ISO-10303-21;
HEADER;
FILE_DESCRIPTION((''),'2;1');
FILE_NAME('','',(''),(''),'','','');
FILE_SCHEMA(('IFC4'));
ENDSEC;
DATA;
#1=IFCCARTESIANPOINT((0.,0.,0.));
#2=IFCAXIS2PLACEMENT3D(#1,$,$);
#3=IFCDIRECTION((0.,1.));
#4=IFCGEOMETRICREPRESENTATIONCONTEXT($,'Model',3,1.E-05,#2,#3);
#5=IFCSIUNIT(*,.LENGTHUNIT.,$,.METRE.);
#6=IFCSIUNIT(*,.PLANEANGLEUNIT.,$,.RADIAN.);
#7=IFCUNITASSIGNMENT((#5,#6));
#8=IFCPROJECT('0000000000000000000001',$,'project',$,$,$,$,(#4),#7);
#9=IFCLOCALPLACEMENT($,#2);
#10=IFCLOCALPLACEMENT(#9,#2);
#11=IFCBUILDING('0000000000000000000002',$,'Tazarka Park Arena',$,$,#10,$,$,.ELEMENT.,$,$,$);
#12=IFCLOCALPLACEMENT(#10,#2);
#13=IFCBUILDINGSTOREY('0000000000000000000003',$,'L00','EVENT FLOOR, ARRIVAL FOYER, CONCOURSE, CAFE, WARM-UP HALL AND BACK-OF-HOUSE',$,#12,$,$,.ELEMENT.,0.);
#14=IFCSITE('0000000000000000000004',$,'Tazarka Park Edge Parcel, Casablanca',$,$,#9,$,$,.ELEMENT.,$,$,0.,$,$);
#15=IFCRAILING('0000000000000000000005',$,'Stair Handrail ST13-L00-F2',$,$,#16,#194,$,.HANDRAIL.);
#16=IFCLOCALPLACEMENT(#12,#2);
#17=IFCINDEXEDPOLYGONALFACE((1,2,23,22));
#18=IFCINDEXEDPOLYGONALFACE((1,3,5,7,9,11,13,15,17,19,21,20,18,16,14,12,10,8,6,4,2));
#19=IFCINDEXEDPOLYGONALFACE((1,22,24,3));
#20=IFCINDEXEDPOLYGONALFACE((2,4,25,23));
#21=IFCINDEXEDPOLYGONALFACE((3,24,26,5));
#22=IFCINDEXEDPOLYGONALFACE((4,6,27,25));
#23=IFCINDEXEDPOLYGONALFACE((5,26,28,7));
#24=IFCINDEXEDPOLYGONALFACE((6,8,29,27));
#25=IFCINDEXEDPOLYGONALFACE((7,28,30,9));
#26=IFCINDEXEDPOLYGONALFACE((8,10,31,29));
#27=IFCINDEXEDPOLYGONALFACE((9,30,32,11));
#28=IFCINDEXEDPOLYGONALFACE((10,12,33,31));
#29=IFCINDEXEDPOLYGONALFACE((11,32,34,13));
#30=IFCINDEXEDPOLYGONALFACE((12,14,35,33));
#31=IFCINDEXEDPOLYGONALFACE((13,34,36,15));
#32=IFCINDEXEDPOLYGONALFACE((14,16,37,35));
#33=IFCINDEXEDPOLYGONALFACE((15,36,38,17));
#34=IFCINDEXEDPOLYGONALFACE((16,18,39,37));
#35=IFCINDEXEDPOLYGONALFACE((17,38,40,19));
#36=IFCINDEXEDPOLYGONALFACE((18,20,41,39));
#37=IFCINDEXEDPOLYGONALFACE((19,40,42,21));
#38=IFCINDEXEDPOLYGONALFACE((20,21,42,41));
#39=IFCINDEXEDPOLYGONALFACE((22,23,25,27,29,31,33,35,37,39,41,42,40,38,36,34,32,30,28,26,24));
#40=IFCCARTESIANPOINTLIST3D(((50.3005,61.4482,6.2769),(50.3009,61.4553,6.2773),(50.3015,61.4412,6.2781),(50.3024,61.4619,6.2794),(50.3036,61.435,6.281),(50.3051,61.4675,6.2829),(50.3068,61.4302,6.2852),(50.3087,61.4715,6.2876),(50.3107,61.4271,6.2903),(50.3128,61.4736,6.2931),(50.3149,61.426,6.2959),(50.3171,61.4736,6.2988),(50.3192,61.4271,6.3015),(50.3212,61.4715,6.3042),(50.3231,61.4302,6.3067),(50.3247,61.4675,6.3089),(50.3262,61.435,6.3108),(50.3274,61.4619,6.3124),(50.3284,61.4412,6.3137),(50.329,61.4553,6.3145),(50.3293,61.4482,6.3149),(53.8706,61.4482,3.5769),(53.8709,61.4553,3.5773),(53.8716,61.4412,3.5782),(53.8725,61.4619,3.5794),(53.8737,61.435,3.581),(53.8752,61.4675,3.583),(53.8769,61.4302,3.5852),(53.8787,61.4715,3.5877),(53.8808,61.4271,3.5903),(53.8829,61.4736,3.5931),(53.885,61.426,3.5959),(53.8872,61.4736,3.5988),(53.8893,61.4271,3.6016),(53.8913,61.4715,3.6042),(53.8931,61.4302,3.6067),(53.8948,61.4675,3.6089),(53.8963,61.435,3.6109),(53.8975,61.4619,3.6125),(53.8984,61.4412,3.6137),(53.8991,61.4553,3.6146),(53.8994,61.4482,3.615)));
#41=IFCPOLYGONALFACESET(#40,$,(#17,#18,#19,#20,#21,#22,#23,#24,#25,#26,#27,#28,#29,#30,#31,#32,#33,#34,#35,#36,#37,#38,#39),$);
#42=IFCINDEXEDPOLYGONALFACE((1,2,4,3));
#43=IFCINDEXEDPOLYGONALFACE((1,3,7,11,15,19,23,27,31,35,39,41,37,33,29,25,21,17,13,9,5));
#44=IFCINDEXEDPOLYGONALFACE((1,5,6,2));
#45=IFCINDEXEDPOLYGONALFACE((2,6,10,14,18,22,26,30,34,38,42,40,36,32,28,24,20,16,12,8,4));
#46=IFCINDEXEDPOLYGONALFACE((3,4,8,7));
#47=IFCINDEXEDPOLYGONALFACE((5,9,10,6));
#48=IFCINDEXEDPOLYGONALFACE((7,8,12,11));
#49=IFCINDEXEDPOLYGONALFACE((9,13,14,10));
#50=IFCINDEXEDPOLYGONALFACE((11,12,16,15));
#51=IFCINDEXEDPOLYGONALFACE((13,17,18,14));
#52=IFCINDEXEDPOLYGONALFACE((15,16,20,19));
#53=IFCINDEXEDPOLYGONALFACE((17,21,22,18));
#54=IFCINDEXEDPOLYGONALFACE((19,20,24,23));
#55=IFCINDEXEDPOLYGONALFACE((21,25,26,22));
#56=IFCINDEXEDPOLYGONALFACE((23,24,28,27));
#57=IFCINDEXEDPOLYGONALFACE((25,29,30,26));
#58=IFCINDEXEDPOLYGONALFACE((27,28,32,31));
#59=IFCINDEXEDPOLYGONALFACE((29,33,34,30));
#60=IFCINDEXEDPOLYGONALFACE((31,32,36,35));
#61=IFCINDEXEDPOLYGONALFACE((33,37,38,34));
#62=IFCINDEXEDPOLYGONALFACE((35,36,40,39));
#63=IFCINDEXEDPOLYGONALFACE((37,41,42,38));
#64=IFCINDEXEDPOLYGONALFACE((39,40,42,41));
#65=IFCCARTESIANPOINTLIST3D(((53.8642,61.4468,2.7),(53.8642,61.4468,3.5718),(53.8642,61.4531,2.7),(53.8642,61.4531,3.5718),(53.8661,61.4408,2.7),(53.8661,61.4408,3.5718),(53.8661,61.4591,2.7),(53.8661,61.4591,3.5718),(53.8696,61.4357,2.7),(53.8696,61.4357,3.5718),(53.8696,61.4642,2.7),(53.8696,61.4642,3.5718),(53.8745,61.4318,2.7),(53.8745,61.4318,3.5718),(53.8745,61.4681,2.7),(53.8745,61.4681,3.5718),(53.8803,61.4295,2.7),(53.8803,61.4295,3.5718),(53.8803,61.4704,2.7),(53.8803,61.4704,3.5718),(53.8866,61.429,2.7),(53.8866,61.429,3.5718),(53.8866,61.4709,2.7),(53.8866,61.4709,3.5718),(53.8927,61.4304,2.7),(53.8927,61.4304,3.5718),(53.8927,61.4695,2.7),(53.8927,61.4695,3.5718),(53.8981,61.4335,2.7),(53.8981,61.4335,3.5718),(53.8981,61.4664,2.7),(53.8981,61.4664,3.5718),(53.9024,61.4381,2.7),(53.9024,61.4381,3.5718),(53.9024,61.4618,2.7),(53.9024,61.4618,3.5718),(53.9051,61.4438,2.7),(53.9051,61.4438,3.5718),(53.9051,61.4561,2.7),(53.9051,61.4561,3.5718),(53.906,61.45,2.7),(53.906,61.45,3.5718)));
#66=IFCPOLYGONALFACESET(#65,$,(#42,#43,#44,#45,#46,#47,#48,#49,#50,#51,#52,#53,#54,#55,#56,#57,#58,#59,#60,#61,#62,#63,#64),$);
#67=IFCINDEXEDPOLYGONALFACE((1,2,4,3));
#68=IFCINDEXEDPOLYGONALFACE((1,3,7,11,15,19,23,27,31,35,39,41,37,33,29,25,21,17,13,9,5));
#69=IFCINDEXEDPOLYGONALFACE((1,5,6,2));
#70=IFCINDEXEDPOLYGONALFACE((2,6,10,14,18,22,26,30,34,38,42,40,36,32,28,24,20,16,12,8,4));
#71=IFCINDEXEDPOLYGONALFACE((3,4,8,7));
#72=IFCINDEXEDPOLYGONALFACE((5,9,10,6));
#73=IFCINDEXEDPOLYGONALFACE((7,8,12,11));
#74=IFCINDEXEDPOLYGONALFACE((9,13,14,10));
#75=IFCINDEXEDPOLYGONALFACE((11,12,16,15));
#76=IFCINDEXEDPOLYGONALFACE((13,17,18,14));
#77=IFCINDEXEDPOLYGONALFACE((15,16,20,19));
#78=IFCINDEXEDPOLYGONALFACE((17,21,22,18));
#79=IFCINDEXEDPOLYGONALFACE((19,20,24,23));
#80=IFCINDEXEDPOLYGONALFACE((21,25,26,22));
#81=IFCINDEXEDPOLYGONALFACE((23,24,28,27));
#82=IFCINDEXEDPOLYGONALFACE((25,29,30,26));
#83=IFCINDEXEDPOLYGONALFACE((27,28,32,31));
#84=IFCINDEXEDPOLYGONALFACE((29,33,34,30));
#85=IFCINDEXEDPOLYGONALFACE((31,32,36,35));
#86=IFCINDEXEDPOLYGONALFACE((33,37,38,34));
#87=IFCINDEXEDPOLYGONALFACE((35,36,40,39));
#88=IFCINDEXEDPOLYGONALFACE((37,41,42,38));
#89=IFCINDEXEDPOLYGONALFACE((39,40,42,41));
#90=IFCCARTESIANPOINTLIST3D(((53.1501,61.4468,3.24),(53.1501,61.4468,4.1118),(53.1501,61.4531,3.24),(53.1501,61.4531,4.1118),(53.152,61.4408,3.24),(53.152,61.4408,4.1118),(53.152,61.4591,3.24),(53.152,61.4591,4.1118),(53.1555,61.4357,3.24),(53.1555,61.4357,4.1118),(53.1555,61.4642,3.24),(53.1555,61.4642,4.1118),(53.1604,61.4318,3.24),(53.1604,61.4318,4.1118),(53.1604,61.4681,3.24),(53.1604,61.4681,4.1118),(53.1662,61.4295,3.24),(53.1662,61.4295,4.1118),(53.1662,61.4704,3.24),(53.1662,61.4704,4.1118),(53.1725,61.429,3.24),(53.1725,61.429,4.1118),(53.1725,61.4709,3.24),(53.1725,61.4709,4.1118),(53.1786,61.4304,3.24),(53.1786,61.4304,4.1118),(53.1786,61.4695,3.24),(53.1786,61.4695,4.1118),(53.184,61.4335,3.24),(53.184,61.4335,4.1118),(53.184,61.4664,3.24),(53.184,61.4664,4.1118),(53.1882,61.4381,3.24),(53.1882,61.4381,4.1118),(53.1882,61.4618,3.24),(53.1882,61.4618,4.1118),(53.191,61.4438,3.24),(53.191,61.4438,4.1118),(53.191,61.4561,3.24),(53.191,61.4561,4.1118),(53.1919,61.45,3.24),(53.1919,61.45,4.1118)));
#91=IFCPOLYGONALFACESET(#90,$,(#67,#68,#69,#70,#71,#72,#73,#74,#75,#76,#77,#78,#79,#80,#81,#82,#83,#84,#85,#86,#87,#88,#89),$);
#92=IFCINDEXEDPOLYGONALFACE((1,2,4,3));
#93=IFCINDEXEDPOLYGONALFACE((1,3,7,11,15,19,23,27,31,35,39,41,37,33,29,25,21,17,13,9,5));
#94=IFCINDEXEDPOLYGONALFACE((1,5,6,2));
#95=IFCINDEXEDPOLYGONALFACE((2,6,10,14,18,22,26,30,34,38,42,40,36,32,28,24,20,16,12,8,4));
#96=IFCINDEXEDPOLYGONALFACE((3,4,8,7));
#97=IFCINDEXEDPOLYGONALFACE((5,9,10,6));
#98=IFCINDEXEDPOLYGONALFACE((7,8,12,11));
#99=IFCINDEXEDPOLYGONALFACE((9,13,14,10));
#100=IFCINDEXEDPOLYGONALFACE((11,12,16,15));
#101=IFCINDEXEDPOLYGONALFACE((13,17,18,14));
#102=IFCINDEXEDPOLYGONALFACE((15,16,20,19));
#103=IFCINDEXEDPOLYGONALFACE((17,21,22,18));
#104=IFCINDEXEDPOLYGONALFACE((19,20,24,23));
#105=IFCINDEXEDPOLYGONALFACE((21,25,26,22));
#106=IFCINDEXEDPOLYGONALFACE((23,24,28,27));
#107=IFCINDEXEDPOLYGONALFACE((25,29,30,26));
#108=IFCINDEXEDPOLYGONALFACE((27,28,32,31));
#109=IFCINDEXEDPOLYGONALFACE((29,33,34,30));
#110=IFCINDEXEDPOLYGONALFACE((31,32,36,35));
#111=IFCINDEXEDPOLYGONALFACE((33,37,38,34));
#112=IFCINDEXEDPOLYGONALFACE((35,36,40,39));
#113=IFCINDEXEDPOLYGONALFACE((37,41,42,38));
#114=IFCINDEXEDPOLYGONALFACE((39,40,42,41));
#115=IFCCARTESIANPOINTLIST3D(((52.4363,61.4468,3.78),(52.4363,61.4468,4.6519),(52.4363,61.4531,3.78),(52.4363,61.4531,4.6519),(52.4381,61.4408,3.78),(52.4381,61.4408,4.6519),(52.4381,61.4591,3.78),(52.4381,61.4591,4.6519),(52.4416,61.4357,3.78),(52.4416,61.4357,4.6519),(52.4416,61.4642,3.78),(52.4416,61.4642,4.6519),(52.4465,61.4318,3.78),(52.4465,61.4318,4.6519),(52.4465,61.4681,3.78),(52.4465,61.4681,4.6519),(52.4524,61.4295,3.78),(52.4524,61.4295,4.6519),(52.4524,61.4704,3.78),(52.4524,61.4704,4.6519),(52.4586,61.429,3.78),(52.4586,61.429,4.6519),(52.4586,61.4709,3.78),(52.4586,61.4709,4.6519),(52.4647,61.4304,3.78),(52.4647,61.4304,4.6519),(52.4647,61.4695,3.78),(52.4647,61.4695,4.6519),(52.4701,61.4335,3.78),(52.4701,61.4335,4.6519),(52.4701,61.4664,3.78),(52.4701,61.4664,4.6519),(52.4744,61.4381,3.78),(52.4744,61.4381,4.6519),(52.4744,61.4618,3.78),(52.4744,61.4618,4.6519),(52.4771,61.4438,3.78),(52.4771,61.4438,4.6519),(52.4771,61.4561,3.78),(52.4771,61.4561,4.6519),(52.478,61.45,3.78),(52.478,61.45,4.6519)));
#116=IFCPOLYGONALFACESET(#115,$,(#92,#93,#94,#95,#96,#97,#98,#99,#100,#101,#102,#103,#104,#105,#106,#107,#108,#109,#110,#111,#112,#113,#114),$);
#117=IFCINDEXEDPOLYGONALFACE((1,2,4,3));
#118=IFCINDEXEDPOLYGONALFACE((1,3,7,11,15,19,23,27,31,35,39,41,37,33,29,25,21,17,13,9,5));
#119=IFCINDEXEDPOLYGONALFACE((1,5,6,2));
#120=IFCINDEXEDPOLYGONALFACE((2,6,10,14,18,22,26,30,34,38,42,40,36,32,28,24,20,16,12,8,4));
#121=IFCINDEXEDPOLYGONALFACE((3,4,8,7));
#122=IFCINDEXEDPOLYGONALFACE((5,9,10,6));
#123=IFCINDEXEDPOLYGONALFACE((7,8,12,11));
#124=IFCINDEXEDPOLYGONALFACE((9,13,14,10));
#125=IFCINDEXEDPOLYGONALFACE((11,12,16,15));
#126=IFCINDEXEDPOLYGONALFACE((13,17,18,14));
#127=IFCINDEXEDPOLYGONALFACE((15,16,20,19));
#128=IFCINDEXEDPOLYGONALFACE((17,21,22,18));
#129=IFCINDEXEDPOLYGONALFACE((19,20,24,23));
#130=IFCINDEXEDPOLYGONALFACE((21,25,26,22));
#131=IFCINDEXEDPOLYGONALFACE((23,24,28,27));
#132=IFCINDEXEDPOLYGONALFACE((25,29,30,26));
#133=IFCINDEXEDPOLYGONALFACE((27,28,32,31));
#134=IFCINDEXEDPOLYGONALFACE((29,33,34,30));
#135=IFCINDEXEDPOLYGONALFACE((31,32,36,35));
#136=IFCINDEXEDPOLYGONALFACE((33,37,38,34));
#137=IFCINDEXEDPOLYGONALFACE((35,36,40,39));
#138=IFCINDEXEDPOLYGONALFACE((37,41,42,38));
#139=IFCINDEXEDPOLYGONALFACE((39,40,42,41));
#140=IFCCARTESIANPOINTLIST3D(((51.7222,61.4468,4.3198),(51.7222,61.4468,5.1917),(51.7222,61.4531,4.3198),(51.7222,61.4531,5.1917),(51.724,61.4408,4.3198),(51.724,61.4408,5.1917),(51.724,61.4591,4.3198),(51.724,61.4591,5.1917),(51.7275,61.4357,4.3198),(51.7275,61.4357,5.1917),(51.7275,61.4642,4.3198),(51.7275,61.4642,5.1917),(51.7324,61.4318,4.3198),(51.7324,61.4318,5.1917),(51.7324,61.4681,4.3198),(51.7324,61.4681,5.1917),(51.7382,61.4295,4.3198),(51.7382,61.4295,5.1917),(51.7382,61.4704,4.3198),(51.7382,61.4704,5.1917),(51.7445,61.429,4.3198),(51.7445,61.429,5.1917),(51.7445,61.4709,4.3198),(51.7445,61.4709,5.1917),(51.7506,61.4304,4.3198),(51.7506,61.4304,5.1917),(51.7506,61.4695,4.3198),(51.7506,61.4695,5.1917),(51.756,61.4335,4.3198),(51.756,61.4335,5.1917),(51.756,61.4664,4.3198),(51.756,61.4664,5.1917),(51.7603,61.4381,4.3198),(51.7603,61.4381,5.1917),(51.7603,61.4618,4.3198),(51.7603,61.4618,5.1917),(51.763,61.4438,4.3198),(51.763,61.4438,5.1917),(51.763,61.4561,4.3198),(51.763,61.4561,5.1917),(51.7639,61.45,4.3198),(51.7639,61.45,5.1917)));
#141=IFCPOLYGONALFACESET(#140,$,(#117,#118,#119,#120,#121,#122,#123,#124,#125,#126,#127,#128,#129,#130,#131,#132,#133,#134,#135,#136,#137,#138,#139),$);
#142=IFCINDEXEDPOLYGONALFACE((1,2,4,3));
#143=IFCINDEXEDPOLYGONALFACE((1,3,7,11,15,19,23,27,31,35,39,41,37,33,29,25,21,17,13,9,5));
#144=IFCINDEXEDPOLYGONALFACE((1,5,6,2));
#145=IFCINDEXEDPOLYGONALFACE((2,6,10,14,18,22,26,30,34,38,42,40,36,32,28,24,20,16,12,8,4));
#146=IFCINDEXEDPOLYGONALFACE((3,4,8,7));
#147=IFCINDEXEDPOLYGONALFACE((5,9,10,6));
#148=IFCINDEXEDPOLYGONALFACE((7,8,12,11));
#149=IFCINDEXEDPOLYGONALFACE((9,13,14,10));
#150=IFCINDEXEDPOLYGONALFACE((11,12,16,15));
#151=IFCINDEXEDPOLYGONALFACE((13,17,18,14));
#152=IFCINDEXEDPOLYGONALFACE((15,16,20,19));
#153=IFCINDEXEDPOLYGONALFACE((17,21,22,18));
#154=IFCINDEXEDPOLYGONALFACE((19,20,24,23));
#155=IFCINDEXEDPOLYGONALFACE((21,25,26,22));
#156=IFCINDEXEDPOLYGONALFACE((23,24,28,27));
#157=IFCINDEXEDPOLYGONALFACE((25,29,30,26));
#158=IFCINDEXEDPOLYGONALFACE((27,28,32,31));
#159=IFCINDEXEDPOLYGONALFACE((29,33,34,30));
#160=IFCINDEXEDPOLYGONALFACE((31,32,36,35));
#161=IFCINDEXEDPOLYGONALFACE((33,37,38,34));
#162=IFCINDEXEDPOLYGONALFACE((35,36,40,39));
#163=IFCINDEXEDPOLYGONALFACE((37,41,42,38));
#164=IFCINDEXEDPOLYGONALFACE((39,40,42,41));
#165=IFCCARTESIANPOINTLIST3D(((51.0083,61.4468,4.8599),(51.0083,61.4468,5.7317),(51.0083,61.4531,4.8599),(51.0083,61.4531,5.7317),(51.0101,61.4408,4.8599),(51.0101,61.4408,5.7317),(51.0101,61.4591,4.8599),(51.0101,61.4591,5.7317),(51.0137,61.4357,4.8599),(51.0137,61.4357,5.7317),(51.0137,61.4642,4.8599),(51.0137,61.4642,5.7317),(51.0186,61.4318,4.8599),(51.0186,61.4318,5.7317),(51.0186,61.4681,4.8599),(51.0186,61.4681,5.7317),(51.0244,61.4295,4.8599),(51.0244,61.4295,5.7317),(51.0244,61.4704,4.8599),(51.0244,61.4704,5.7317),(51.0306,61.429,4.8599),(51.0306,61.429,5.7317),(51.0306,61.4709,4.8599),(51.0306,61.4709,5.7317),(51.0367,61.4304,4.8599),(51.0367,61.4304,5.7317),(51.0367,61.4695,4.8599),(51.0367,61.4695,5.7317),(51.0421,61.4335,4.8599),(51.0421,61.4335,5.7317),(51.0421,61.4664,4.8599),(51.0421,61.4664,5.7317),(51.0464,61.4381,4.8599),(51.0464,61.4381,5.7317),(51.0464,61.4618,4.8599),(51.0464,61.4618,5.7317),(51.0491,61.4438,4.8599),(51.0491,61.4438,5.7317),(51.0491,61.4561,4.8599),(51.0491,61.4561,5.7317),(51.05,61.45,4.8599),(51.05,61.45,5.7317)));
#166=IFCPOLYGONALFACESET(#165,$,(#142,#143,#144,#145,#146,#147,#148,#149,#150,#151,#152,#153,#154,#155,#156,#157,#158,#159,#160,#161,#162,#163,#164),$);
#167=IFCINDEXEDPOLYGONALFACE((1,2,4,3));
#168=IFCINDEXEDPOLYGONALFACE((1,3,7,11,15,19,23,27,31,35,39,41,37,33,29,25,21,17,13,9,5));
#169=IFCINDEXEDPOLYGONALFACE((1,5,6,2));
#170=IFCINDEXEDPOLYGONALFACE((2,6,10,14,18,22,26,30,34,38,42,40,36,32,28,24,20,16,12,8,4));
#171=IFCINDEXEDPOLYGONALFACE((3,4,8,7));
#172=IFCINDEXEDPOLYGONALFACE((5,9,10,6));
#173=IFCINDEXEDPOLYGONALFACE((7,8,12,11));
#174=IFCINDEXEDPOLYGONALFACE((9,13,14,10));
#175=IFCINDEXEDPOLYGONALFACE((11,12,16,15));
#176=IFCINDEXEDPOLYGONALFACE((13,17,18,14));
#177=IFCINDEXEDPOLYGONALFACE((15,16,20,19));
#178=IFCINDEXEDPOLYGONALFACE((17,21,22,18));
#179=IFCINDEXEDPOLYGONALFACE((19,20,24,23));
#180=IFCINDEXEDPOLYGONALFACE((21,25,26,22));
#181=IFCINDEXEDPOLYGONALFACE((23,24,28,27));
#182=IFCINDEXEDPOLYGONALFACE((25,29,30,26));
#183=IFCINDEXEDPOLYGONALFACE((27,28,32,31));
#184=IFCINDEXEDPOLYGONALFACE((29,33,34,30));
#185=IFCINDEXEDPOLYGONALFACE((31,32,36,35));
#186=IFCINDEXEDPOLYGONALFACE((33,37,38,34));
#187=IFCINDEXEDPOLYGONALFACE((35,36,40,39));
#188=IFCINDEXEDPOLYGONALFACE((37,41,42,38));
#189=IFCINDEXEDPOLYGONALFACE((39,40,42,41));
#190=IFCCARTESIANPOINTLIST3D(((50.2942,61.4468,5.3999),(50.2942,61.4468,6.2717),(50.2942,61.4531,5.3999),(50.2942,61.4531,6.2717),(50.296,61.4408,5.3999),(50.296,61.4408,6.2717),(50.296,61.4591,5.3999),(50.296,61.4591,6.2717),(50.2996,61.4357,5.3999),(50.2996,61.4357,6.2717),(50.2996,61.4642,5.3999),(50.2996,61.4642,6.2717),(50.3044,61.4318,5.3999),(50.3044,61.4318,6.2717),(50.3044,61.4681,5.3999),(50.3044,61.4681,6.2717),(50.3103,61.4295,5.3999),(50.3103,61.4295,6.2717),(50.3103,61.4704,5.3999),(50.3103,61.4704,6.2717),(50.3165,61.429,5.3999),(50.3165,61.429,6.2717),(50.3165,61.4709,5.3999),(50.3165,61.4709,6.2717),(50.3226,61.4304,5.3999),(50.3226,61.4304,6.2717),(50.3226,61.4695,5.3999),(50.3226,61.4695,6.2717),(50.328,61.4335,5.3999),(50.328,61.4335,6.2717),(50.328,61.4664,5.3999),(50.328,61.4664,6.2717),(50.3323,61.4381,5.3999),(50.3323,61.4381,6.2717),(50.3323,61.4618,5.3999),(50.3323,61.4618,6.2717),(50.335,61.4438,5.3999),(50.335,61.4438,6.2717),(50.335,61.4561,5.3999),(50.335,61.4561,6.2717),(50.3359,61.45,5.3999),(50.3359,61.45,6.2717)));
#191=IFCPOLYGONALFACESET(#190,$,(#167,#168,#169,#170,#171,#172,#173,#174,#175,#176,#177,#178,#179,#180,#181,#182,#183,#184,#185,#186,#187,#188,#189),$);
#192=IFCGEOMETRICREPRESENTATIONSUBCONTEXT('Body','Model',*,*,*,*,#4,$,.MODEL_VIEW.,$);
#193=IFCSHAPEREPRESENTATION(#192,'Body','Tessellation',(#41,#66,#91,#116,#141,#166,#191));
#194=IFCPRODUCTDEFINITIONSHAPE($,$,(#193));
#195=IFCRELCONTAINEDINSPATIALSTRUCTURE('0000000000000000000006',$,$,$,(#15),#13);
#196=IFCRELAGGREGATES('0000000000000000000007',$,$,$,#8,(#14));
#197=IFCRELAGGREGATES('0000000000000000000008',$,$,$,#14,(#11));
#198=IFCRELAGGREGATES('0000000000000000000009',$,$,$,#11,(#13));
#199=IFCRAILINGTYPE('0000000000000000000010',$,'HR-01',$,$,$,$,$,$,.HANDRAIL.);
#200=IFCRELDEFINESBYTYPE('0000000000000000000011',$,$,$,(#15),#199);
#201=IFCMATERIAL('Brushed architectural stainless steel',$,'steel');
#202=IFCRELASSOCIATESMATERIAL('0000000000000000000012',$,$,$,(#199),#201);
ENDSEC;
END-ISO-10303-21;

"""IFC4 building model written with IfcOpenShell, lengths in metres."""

from ifc_helpers import new_model, si_unit, direction, frame, origin, origin_2d, place, context, subcontext, project, spatial, circle, extrude, material, type_object, element, save


model = new_model("IFC4")

# Units and contexts
model_context = context("Model", 3, precision=1e-05, world=origin(), true_north=direction((0.0, 1.0)))
body_context = subcontext(model_context, "Body", "Model", "MODEL_VIEW")
ifc_project = project(units=[si_unit("LENGTHUNIT", "METRE"), si_unit("PLANEANGLEUNIT", "RADIAN")], contexts=[model_context])

# Site, building, storey
site_placement = place(None, origin())
site = spatial("IfcSite", under=ifc_project, at=site_placement, Name="Tazarka Park Edge Parcel, Casablanca", CompositionType="ELEMENT", RefElevation=0.0)
building_placement = place(site_placement, origin())
building = spatial("IfcBuilding", under=site, at=building_placement, Name="Tazarka Park Arena", CompositionType="ELEMENT")
storey_placement = place(building_placement, origin())
storey = spatial("IfcBuildingStorey", under=building, at=storey_placement, Name="L00", Description="EVENT FLOOR, ARRIVAL FOYER, CONCOURSE, CAFE, WARM-UP HALL AND BACK-OF-HOUSE", CompositionType="ELEMENT", Elevation=0.0)

# Railing
ifc_material_1 = material(Name="Brushed architectural stainless steel", Category="steel")
railing_type_1 = type_object("IfcRailingType", Name="HR-01", PredefinedType="HANDRAIL", material=ifc_material_1)
railing_1_placement = place(storey_placement, frame((53.885, 61.45, 2.7)))
element("IfcRailing", 1, at=railing_1_placement, inside=storey, type_object=railing_type_1, Name="Stair Handrail ST13-L00-F2", PredefinedType="HANDRAIL", context=body_context, shape_type="SweptSolid", body=[
    extrude(circle(Radius=0.0239, at=origin_2d()), frame((0.0, 0.0, 0.896), z_axis=(-0.797591, 0.0, 0.603198), x_axis=(0.0, -1.0, 0.0)), (0.0, 0.0, 1.0), 4.4761),
    extrude(circle(Radius=0.021, at=origin_2d()), origin(), (0.0, 0.0, 1.0), 0.8718),
    extrude(circle(Radius=0.021, at=origin_2d()), frame((-0.7141, 0.0, 0.54)), (0.0, 0.0, 1.0), 0.8718),
    extrude(circle(Radius=0.021, at=origin_2d()), frame((-1.428, 0.0, 1.0801)), (0.0, 0.0, 1.0), 0.8718),
    extrude(circle(Radius=0.021, at=origin_2d()), frame((-2.1421, 0.0, 1.6199)), (0.0, 0.0, 1.0), 0.8718),
    extrude(circle(Radius=0.021, at=origin_2d()), frame((-2.856, 0.0, 2.1599)), (0.0, 0.0, 1.0), 0.8718),
    extrude(circle(Radius=0.021, at=origin_2d()), frame((-3.5701, 0.0, 2.7)), (0.0, 0.0, 1.0), 0.8718),
])

save(model, "model.ifc")
